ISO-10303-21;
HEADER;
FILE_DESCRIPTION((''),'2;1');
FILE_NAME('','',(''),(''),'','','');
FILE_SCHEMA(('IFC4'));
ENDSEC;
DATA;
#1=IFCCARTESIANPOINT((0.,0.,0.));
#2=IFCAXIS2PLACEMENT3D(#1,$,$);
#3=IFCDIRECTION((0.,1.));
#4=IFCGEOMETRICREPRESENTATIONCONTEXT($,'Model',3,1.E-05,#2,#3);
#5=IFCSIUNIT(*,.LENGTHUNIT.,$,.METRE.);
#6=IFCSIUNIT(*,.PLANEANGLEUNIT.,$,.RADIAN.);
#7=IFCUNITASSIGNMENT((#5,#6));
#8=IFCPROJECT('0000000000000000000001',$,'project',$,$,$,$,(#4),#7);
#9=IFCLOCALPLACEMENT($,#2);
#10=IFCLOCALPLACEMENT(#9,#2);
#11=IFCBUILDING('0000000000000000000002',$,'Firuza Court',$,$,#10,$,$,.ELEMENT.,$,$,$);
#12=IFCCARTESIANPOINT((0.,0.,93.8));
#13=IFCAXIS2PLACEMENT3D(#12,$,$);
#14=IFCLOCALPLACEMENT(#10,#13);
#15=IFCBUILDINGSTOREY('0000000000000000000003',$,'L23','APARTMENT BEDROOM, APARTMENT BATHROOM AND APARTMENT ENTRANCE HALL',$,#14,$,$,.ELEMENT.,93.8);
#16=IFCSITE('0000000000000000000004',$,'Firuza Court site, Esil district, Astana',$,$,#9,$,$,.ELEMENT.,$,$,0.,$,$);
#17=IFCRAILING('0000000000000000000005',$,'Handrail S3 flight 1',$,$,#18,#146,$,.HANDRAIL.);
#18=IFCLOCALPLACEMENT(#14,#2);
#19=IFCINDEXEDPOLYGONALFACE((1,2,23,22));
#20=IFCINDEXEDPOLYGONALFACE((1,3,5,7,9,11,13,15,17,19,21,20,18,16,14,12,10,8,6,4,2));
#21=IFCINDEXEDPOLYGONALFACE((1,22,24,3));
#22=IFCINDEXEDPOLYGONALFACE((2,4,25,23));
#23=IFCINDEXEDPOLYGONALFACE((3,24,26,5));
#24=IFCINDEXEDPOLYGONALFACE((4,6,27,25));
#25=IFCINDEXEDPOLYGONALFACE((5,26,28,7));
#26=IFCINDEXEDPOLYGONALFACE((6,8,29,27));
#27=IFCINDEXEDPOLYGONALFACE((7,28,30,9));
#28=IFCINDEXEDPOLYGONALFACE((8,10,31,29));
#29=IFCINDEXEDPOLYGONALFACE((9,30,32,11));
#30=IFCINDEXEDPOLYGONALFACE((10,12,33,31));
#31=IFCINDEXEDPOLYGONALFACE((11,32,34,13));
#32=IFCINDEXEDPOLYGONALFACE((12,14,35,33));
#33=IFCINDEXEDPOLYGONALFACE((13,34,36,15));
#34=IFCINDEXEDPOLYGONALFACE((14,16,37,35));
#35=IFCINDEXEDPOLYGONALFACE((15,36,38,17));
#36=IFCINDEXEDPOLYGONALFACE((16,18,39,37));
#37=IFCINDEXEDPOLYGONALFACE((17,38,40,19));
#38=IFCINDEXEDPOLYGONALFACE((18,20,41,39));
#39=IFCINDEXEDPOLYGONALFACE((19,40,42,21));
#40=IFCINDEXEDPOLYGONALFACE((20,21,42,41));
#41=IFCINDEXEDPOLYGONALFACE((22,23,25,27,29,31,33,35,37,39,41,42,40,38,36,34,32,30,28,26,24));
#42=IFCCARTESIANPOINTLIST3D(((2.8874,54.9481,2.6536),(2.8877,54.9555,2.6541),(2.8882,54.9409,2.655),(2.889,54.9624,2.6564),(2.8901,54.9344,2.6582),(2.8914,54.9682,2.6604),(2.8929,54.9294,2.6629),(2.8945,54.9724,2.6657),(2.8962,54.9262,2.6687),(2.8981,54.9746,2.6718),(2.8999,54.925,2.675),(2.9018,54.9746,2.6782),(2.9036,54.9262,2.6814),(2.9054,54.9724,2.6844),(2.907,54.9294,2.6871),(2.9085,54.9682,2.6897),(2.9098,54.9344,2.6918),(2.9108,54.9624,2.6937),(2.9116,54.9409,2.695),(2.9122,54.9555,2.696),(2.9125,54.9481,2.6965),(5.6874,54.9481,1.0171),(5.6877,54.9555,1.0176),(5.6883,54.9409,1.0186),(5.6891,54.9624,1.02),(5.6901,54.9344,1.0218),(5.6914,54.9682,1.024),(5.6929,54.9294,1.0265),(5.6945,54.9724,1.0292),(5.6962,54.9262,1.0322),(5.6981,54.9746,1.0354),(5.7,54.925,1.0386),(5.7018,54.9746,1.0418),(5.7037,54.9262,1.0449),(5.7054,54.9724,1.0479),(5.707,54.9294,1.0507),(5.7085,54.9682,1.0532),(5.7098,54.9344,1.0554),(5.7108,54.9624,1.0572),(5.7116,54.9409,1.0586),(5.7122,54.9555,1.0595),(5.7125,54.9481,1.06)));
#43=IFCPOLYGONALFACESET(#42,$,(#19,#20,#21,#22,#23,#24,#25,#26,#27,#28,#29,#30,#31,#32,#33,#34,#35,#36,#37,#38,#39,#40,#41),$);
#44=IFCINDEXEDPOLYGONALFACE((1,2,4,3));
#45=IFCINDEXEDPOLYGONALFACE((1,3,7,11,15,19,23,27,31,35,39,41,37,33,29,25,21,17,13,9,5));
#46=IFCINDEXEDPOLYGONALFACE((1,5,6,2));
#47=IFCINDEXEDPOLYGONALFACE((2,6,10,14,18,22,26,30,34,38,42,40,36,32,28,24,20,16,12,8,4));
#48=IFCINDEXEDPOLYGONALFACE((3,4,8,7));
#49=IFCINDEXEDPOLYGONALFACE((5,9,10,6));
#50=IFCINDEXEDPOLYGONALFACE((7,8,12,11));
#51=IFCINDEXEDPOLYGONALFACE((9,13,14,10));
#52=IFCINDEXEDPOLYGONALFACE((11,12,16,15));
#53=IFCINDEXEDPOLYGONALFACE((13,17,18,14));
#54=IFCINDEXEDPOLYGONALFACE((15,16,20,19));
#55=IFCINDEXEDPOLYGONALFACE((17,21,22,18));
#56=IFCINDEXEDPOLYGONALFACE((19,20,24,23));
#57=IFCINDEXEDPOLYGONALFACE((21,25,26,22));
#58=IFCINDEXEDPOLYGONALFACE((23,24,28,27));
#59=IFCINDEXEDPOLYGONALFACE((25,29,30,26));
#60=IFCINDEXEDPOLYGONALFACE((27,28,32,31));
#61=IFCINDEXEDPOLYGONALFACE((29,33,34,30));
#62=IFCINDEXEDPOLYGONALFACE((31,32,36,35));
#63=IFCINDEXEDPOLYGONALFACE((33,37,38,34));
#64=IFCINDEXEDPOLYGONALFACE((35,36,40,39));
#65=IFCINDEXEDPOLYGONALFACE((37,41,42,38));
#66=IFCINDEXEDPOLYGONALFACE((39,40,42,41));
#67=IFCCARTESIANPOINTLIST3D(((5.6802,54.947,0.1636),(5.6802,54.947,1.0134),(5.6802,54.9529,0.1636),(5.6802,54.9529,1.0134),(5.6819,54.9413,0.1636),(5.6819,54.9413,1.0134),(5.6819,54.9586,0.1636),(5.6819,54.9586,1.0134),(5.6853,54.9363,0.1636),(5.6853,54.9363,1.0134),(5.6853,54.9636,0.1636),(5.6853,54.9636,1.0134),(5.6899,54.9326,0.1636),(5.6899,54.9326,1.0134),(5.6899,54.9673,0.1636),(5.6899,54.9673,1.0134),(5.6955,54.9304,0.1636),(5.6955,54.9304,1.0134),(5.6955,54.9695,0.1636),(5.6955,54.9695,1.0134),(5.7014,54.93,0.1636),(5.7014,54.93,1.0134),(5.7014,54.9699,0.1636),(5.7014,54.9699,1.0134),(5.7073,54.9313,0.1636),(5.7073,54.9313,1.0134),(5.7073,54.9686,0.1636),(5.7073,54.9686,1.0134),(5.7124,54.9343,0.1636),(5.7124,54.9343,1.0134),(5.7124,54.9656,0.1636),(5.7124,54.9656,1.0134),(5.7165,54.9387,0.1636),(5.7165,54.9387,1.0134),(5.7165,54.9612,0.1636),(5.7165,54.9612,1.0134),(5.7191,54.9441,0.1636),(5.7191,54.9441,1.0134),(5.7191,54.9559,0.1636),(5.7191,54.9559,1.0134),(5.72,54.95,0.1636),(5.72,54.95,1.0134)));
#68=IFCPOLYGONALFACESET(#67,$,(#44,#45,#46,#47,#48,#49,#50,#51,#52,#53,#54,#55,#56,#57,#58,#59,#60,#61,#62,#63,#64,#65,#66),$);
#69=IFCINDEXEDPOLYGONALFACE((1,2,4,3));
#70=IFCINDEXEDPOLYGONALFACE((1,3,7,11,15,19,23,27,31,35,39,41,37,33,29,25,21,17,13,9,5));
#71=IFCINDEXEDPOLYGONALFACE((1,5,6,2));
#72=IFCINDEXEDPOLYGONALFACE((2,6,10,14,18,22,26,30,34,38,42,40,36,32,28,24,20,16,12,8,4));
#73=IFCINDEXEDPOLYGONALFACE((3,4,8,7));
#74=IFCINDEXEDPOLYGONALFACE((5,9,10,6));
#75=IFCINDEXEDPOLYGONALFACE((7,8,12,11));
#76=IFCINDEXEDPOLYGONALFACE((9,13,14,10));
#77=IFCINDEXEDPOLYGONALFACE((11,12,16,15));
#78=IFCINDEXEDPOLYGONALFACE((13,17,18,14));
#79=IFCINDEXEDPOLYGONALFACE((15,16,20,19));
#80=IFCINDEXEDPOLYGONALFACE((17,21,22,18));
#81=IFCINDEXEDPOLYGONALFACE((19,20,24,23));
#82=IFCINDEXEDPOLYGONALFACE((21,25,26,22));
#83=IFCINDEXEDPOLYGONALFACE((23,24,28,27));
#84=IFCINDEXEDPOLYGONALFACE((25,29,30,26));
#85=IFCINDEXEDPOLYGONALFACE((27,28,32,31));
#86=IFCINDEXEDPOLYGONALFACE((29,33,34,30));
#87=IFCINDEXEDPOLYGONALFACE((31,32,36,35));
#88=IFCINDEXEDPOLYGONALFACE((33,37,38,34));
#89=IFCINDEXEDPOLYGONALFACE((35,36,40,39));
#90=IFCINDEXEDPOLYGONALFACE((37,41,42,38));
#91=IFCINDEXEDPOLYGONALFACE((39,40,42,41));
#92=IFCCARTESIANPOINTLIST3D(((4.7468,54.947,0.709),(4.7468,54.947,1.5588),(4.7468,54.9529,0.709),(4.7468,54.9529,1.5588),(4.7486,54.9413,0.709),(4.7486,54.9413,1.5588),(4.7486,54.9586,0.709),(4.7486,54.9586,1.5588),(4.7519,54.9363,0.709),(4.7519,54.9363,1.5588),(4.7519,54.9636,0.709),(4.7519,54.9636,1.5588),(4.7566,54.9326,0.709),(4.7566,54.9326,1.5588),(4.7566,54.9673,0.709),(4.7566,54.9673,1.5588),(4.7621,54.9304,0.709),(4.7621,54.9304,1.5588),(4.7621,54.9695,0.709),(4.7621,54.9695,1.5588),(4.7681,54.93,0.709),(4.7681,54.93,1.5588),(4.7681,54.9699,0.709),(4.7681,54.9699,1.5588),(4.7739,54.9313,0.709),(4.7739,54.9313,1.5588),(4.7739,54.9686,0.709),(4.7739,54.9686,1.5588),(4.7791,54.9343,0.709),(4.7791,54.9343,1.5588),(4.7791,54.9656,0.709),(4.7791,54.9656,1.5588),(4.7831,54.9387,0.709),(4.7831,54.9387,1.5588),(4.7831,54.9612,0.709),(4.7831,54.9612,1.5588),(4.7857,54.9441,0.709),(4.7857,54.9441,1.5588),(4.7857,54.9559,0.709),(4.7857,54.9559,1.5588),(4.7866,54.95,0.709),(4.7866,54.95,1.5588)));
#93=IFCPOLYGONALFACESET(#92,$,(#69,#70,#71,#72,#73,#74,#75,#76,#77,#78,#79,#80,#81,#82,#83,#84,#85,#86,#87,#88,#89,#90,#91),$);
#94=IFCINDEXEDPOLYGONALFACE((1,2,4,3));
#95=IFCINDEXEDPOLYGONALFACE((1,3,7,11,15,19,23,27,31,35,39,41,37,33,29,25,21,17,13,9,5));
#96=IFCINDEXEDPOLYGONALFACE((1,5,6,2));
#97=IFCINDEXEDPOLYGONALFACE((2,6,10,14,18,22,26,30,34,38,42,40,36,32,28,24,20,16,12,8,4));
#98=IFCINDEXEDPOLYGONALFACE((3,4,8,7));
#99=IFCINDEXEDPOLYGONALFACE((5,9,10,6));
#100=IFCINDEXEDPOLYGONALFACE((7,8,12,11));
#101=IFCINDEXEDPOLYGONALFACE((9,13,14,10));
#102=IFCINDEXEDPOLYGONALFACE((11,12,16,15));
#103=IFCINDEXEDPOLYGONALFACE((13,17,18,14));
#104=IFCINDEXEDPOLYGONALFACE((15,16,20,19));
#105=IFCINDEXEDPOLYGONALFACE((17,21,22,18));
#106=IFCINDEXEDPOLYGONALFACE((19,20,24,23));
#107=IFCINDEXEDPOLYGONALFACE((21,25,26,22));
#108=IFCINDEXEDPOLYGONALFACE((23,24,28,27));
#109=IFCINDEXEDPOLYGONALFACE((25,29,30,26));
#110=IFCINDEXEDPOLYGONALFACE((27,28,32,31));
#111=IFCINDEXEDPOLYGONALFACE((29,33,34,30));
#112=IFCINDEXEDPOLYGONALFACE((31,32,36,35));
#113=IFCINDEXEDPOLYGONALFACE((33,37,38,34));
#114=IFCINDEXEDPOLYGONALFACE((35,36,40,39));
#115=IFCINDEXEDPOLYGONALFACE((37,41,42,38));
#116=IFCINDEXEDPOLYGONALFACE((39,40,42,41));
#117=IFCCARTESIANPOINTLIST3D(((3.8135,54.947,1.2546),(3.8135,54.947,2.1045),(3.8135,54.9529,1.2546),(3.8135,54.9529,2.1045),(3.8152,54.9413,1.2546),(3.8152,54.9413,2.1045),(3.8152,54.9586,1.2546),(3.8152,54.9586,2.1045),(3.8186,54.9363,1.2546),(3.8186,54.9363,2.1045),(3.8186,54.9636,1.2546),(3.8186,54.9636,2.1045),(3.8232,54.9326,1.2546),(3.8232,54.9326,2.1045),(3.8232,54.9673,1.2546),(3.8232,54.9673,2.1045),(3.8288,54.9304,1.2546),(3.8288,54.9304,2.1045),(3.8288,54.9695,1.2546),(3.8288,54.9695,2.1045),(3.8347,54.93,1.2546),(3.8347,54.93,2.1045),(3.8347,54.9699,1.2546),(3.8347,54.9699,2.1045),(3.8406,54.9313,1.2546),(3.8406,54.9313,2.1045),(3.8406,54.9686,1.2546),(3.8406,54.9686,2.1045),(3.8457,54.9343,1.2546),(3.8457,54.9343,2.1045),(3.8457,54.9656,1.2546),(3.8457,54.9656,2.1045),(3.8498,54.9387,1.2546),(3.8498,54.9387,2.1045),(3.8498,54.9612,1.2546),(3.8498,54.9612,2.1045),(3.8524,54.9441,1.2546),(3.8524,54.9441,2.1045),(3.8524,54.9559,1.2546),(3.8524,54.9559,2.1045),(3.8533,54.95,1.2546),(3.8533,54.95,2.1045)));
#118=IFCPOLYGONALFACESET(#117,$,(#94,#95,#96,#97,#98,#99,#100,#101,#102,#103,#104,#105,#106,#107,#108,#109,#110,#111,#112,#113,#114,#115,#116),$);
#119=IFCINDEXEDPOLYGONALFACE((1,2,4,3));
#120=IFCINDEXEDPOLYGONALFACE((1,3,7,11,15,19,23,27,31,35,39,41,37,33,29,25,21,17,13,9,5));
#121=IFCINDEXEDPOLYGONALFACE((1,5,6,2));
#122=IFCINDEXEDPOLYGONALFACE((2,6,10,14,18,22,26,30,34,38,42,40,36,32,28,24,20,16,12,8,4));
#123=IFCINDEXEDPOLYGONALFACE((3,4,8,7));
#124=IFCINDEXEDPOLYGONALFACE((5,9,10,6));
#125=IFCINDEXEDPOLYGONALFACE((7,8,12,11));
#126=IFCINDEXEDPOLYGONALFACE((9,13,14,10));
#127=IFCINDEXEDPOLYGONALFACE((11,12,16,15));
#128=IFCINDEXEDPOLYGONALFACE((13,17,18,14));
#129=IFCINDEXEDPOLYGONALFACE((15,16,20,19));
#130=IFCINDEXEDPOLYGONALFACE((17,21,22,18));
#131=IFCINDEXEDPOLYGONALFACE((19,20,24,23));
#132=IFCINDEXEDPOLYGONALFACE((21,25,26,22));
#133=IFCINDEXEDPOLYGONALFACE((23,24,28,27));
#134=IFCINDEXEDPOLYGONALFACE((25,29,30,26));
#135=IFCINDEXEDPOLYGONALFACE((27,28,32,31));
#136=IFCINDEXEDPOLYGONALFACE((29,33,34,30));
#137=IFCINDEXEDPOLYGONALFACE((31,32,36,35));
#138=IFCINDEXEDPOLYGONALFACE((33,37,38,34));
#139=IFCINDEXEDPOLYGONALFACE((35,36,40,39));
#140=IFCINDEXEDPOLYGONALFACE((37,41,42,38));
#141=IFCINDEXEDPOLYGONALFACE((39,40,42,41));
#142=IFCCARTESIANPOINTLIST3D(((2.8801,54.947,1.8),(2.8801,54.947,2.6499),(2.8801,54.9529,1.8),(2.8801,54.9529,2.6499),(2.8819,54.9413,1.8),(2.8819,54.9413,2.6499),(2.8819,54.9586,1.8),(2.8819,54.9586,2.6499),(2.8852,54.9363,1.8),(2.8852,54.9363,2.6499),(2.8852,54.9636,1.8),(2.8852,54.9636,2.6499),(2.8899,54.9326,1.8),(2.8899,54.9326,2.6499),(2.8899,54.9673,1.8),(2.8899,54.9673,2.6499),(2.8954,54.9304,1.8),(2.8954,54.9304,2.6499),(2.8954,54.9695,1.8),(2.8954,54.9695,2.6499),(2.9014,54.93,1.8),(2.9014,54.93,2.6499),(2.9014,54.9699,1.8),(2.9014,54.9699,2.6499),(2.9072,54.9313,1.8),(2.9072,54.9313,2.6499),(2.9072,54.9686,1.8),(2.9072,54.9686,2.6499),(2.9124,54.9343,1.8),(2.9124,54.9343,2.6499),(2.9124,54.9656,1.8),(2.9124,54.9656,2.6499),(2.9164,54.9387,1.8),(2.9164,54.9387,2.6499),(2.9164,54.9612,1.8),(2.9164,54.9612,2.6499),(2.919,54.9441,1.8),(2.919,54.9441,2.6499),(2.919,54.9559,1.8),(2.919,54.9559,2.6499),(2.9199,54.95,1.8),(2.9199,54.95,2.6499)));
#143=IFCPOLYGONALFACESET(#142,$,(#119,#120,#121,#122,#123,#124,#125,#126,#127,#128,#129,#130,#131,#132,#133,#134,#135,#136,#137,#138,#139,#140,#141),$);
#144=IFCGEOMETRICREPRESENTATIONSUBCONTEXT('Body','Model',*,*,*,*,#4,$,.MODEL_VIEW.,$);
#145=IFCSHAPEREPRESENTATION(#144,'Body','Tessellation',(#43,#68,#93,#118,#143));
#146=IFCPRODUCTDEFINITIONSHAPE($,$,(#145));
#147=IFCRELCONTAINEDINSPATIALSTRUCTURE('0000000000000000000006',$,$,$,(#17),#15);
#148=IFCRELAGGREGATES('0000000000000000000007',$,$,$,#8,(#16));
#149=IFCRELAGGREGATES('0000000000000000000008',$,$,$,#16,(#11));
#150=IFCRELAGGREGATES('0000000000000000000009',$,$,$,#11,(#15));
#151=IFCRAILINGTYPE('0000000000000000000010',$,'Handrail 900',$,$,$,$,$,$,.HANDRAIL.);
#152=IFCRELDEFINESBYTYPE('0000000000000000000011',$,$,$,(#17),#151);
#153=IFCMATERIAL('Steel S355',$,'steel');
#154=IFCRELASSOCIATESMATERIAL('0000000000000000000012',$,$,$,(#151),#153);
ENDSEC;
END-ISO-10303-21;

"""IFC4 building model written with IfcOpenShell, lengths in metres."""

from ifc_helpers import new_model, si_unit, direction, frame, origin, origin_2d, place, context, subcontext, project, spatial, circle, extrude, material, type_object, element, save


model = new_model("IFC4")

# Units and contexts
model_context = context("Model", 3, precision=1e-05, world=origin(), true_north=direction((0.0, 1.0)))
body_context = subcontext(model_context, "Body", "Model", "MODEL_VIEW")
ifc_project = project(units=[si_unit("LENGTHUNIT", "METRE"), si_unit("PLANEANGLEUNIT", "RADIAN")], contexts=[model_context])

# Site, building, storey
site_placement = place(None, origin())
site = spatial("IfcSite", under=ifc_project, at=site_placement, Name="Firuza Court site, Esil district, Astana", CompositionType="ELEMENT", RefElevation=0.0)
building_placement = place(site_placement, origin())
building = spatial("IfcBuilding", under=site, at=building_placement, Name="Firuza Court", CompositionType="ELEMENT")
storey_placement = place(building_placement, frame((0.0, 0.0, 93.8)))
storey = spatial("IfcBuildingStorey", under=building, at=storey_placement, Name="L23", Description="APARTMENT BEDROOM, APARTMENT BATHROOM AND APARTMENT ENTRANCE HALL", CompositionType="ELEMENT", Elevation=93.8)

# Railing
ifc_material_1 = material(Name="Steel S355", Category="steel")
railing_type_1 = type_object("IfcRailingType", Name="Handrail 900", PredefinedType="HANDRAIL", material=ifc_material_1)
railing_1_placement = place(storey_placement, frame((5.7, 54.95, 0.1636)))
element("IfcRailing", 1, at=railing_1_placement, inside=storey, type_object=railing_type_1, Name="Handrail S3 flight 1", PredefinedType="HANDRAIL", context=body_context, shape_type="SweptSolid", body=[
    extrude(circle(Radius=0.0249, at=origin_2d()), frame((0.0, 0.0, 0.875), z_axis=(-0.863361, 0.0, 0.504587), x_axis=(0.0, -1.0, 0.0)), (0.0, 0.0, 1.0), 3.2432),
    extrude(circle(Radius=0.02, at=origin_2d()), origin(), (0.0, 0.0, 1.0), 0.8499),
    extrude(circle(Radius=0.02, at=origin_2d()), frame((-0.9333, 0.0, 0.5454)), (0.0, 0.0, 1.0), 0.8499),
    extrude(circle(Radius=0.02, at=origin_2d()), frame((-1.8667, 0.0, 1.0911)), (0.0, 0.0, 1.0), 0.8499),
    extrude(circle(Radius=0.02, at=origin_2d()), frame((-2.8, 0.0, 1.6365)), (0.0, 0.0, 1.0), 0.8499),
])

save(model, "model.ifc")
